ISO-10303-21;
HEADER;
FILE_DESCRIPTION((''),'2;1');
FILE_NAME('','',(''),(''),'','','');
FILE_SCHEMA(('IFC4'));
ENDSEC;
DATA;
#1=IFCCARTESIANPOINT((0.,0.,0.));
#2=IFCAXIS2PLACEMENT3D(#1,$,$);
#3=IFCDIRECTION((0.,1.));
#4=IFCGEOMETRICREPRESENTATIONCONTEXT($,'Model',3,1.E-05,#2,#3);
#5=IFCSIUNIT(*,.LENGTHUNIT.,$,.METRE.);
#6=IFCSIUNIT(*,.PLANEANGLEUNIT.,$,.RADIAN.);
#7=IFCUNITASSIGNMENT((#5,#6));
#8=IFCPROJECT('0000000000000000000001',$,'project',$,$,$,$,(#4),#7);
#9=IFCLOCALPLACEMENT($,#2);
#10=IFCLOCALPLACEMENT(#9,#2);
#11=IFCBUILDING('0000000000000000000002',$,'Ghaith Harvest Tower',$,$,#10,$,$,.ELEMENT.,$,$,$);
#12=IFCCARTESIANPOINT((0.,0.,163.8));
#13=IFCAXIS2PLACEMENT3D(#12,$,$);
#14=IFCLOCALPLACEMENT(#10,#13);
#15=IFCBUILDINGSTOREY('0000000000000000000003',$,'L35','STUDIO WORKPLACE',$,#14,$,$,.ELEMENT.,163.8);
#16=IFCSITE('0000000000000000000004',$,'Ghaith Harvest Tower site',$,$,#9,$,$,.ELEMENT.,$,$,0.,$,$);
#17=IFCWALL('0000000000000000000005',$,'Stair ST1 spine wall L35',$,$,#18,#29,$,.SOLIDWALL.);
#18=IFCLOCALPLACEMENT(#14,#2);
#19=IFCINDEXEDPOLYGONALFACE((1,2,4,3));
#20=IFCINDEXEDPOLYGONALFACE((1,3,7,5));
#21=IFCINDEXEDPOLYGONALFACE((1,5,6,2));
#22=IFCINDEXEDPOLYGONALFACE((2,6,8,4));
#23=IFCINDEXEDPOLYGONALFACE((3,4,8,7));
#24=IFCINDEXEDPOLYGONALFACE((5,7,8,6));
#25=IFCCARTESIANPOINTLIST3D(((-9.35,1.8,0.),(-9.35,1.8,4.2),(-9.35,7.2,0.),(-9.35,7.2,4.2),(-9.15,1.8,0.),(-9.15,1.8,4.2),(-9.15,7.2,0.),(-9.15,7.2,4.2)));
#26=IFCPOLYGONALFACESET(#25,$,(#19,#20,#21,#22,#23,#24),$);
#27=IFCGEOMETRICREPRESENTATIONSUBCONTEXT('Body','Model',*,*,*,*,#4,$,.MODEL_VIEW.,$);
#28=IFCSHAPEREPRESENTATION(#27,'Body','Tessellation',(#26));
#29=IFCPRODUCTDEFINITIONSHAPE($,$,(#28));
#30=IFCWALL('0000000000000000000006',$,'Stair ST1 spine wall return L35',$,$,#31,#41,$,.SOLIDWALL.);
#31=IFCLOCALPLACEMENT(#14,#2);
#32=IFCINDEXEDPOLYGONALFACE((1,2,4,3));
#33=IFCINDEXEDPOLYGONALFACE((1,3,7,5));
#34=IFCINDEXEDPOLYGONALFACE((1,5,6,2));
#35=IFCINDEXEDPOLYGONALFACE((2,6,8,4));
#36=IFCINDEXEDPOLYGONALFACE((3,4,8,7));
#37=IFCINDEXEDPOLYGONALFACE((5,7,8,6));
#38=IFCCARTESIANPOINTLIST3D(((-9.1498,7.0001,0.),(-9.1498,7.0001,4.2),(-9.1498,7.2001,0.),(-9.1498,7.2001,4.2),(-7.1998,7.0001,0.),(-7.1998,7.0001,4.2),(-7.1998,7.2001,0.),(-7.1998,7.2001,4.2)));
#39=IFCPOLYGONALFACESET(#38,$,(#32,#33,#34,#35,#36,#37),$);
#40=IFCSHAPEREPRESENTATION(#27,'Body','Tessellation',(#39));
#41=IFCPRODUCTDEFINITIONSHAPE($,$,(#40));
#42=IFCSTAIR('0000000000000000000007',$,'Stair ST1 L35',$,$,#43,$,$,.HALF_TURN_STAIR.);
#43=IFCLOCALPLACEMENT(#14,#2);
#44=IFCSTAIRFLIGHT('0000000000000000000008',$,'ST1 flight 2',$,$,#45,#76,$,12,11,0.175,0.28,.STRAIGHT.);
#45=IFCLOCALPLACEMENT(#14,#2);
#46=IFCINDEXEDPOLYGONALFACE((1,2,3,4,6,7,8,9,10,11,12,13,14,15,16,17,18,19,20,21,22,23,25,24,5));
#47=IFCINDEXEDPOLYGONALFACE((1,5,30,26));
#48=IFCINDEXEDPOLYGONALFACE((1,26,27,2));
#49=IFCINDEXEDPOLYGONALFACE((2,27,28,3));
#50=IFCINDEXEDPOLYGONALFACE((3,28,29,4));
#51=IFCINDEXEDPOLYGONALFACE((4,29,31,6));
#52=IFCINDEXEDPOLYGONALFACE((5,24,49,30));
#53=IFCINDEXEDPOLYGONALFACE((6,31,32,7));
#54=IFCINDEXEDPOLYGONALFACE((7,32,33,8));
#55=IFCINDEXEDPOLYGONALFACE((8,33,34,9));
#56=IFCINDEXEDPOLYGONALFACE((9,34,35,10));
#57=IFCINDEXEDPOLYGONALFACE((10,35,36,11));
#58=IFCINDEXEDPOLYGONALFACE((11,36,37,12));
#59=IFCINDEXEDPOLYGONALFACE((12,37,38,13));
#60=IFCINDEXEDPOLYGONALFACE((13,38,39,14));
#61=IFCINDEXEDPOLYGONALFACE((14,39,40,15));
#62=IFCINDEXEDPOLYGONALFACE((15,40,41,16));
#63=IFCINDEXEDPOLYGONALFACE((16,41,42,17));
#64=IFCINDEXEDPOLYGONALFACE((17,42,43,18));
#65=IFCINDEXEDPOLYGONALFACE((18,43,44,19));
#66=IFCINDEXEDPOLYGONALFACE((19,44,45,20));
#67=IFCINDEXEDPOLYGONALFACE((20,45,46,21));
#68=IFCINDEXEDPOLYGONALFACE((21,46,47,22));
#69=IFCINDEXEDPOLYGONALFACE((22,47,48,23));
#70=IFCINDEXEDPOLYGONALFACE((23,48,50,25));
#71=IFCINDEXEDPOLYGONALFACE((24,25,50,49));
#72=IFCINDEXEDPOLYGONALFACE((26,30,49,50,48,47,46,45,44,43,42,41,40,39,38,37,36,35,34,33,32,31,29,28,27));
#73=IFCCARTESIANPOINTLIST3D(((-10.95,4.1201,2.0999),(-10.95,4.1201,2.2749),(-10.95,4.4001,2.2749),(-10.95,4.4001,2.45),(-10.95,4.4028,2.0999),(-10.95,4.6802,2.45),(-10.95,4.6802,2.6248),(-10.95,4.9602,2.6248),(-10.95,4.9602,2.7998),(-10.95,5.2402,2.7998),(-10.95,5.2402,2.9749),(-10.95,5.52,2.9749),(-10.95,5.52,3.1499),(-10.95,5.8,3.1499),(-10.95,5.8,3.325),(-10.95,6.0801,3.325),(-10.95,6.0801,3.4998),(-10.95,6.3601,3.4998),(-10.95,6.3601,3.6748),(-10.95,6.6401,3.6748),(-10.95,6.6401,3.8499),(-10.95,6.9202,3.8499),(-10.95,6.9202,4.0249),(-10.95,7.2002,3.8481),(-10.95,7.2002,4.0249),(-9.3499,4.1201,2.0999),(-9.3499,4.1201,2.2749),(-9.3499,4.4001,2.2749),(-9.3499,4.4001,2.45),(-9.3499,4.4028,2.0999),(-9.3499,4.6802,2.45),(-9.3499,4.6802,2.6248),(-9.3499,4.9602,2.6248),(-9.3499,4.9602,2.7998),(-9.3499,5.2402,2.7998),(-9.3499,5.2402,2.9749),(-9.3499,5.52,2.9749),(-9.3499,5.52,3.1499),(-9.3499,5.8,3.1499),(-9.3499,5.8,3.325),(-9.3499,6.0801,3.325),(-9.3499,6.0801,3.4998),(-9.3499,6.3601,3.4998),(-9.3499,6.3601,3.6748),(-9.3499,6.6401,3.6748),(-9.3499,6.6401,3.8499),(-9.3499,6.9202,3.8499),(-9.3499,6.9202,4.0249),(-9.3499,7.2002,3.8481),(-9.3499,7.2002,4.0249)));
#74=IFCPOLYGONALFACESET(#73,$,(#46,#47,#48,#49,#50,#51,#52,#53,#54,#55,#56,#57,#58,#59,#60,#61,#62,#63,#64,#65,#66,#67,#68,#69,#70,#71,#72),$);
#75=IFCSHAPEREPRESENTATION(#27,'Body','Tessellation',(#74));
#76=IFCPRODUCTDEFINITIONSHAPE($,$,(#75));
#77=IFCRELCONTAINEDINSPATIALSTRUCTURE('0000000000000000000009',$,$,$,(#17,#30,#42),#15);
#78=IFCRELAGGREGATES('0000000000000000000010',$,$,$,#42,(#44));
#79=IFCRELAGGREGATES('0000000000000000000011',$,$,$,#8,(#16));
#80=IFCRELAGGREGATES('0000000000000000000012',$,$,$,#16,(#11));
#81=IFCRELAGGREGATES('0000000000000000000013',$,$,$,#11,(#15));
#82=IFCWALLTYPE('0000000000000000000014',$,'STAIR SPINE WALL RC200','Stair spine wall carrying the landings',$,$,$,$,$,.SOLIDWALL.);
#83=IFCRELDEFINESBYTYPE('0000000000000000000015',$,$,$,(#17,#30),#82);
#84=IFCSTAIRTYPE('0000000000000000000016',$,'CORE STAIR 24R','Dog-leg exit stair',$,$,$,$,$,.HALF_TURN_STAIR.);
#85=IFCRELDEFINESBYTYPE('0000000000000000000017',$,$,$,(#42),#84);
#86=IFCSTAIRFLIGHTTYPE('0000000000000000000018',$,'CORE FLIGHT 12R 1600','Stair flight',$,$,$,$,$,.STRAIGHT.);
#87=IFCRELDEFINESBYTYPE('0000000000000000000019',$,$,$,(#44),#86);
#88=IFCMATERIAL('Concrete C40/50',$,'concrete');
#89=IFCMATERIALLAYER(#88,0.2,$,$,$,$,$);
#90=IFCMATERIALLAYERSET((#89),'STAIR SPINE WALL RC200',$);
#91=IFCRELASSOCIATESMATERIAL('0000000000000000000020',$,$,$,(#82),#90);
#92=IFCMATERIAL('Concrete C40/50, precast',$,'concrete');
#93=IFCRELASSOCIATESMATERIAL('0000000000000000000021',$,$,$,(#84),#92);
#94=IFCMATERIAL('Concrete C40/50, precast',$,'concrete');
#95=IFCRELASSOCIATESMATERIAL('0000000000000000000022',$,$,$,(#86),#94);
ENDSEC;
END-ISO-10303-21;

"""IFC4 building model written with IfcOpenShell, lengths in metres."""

from ifc_helpers import new_model, si_unit, direction, frame, frame_2d, origin, place, context, subcontext, project, spatial, polyline, rectangle, outline, extrude, material, layer, layer_set, type_object, element, aggregate, save


model = new_model("IFC4")

# Units and contexts
model_context = context("Model", 3, precision=1e-05, world=origin(), true_north=direction((0.0, 1.0)))
body_context = subcontext(model_context, "Body", "Model", "MODEL_VIEW")
ifc_project = project(units=[si_unit("LENGTHUNIT", "METRE"), si_unit("PLANEANGLEUNIT", "RADIAN")], contexts=[model_context])

# Site, building, storey
site_placement = place(None, origin())
site = spatial("IfcSite", under=ifc_project, at=site_placement, Name="Ghaith Harvest Tower site", CompositionType="ELEMENT", RefElevation=0.0)
building_placement = place(site_placement, origin())
building = spatial("IfcBuilding", under=site, at=building_placement, Name="Ghaith Harvest Tower", CompositionType="ELEMENT")
storey_placement = place(building_placement, frame((0.0, 0.0, 163.8)))
storey = spatial("IfcBuildingStorey", under=building, at=storey_placement, Name="L35", Description="STUDIO WORKPLACE", CompositionType="ELEMENT", Elevation=163.8)

# Walls
ifc_material_1 = material(Name="Concrete C40/50", Category="concrete")
ifc_layer_1 = layer(ifc_material_1, 0.2)
ifc_layer_set_1 = layer_set([ifc_layer_1], Name="STAIR SPINE WALL RC200")
wall_type_1 = type_object("IfcWallType", Name="STAIR SPINE WALL RC200", Description="Stair spine wall carrying the landings", PredefinedType="SOLIDWALL", material=ifc_layer_set_1)
wall_1_placement = place(storey_placement, frame((-9.25, 7.2, 0.0), z_axis=(0.0, 0.0, 1.0), x_axis=(0.0, -1.0, 0.0)))
element("IfcWall", 1, at=wall_1_placement, inside=storey, type_object=wall_type_1, Name="Stair ST1 spine wall L35", PredefinedType="SOLIDWALL", context=body_context, shape_type="SweptSolid", body=[
    extrude(rectangle(XDim=5.3999, YDim=0.2, at=frame_2d((2.7, 0.0))), origin(), (0.0, 0.0, 1.0), 4.2),
])
wall_2_placement = place(storey_placement, frame((-9.1499, 7.1001, 0.0), z_axis=(0.0, 0.0, 1.0), x_axis=(1.0, 0.0, 0.0)))
element("IfcWall", 2, at=wall_2_placement, inside=storey, type_object=wall_type_1, Name="Stair ST1 spine wall return L35", PredefinedType="SOLIDWALL", context=body_context, shape_type="SweptSolid", body=[
    extrude(rectangle(XDim=1.95, YDim=0.2, at=frame_2d((0.9751, 0.0))), origin(), (0.0, 0.0, 1.0), 4.2),
])

# Stair, stair flight
ifc_material_2 = material(Name="Concrete C40/50, precast", Category="concrete")
stair_type = type_object("IfcStairType", Name="CORE STAIR 24R", Description="Dog-leg exit stair", PredefinedType="HALF_TURN_STAIR", material=ifc_material_2)
stair_placement = place(storey_placement, origin())
stair = element("IfcStair", 3, at=stair_placement, inside=storey, type_object=stair_type, Name="Stair ST1 L35", PredefinedType="HALF_TURN_STAIR")
ifc_material_3 = material(Name="Concrete C40/50, precast", Category="concrete")
stair_flight_type = type_object("IfcStairFlightType", Name="CORE FLIGHT 12R 1600", Description="Stair flight", PredefinedType="STRAIGHT", material=ifc_material_3)
stair_flight_placement = place(storey_placement, frame((-10.1499, 4.1201, 2.0999), z_axis=(0.0, 0.0, 1.0), x_axis=(0.0, 1.0, 0.0)))
stair_flight = element("IfcStairFlight", 4, at=stair_flight_placement, type_object=stair_flight_type, Name="ST1 flight 2", NumberOfRisers=12, NumberOfTreads=11, PredefinedType="STRAIGHT", RiserHeight=0.175, TreadLength=0.28, context=body_context, shape_type="SweptSolid", body=[
    extrude(outline(polyline([(0.0, 0.0), (0.0, 0.175), (0.28, 0.175), (0.28, 0.3501), (0.5601, 0.3501), (0.5601, 0.5249), (0.8401, 0.5249), (0.8401, 0.7), (1.1201, 0.7), (1.1201, 0.875), (1.3999, 0.875), (1.3999, 1.05), (1.6799, 1.05), (1.6799, 1.2251), (1.96, 1.2251), (1.96, 1.3999), (2.24, 1.3999), (2.24, 1.575), (2.52, 1.575), (2.52, 1.75), (2.8, 1.75), (2.8, 1.925), (3.0801, 1.925), (3.0801, 2.1001), (3.0801, 1.7483), (0.2827, 0.0), (0.0, 0.0)])), frame((0.0, 0.8, 0.0), z_axis=(0.0, -1.0, 0.0), x_axis=(1.0, 0.0, 0.0)), (0.0, 0.0, 1.0), 1.6001),
])
aggregate(stair, [stair_flight])

save(model, "model.ifc")
